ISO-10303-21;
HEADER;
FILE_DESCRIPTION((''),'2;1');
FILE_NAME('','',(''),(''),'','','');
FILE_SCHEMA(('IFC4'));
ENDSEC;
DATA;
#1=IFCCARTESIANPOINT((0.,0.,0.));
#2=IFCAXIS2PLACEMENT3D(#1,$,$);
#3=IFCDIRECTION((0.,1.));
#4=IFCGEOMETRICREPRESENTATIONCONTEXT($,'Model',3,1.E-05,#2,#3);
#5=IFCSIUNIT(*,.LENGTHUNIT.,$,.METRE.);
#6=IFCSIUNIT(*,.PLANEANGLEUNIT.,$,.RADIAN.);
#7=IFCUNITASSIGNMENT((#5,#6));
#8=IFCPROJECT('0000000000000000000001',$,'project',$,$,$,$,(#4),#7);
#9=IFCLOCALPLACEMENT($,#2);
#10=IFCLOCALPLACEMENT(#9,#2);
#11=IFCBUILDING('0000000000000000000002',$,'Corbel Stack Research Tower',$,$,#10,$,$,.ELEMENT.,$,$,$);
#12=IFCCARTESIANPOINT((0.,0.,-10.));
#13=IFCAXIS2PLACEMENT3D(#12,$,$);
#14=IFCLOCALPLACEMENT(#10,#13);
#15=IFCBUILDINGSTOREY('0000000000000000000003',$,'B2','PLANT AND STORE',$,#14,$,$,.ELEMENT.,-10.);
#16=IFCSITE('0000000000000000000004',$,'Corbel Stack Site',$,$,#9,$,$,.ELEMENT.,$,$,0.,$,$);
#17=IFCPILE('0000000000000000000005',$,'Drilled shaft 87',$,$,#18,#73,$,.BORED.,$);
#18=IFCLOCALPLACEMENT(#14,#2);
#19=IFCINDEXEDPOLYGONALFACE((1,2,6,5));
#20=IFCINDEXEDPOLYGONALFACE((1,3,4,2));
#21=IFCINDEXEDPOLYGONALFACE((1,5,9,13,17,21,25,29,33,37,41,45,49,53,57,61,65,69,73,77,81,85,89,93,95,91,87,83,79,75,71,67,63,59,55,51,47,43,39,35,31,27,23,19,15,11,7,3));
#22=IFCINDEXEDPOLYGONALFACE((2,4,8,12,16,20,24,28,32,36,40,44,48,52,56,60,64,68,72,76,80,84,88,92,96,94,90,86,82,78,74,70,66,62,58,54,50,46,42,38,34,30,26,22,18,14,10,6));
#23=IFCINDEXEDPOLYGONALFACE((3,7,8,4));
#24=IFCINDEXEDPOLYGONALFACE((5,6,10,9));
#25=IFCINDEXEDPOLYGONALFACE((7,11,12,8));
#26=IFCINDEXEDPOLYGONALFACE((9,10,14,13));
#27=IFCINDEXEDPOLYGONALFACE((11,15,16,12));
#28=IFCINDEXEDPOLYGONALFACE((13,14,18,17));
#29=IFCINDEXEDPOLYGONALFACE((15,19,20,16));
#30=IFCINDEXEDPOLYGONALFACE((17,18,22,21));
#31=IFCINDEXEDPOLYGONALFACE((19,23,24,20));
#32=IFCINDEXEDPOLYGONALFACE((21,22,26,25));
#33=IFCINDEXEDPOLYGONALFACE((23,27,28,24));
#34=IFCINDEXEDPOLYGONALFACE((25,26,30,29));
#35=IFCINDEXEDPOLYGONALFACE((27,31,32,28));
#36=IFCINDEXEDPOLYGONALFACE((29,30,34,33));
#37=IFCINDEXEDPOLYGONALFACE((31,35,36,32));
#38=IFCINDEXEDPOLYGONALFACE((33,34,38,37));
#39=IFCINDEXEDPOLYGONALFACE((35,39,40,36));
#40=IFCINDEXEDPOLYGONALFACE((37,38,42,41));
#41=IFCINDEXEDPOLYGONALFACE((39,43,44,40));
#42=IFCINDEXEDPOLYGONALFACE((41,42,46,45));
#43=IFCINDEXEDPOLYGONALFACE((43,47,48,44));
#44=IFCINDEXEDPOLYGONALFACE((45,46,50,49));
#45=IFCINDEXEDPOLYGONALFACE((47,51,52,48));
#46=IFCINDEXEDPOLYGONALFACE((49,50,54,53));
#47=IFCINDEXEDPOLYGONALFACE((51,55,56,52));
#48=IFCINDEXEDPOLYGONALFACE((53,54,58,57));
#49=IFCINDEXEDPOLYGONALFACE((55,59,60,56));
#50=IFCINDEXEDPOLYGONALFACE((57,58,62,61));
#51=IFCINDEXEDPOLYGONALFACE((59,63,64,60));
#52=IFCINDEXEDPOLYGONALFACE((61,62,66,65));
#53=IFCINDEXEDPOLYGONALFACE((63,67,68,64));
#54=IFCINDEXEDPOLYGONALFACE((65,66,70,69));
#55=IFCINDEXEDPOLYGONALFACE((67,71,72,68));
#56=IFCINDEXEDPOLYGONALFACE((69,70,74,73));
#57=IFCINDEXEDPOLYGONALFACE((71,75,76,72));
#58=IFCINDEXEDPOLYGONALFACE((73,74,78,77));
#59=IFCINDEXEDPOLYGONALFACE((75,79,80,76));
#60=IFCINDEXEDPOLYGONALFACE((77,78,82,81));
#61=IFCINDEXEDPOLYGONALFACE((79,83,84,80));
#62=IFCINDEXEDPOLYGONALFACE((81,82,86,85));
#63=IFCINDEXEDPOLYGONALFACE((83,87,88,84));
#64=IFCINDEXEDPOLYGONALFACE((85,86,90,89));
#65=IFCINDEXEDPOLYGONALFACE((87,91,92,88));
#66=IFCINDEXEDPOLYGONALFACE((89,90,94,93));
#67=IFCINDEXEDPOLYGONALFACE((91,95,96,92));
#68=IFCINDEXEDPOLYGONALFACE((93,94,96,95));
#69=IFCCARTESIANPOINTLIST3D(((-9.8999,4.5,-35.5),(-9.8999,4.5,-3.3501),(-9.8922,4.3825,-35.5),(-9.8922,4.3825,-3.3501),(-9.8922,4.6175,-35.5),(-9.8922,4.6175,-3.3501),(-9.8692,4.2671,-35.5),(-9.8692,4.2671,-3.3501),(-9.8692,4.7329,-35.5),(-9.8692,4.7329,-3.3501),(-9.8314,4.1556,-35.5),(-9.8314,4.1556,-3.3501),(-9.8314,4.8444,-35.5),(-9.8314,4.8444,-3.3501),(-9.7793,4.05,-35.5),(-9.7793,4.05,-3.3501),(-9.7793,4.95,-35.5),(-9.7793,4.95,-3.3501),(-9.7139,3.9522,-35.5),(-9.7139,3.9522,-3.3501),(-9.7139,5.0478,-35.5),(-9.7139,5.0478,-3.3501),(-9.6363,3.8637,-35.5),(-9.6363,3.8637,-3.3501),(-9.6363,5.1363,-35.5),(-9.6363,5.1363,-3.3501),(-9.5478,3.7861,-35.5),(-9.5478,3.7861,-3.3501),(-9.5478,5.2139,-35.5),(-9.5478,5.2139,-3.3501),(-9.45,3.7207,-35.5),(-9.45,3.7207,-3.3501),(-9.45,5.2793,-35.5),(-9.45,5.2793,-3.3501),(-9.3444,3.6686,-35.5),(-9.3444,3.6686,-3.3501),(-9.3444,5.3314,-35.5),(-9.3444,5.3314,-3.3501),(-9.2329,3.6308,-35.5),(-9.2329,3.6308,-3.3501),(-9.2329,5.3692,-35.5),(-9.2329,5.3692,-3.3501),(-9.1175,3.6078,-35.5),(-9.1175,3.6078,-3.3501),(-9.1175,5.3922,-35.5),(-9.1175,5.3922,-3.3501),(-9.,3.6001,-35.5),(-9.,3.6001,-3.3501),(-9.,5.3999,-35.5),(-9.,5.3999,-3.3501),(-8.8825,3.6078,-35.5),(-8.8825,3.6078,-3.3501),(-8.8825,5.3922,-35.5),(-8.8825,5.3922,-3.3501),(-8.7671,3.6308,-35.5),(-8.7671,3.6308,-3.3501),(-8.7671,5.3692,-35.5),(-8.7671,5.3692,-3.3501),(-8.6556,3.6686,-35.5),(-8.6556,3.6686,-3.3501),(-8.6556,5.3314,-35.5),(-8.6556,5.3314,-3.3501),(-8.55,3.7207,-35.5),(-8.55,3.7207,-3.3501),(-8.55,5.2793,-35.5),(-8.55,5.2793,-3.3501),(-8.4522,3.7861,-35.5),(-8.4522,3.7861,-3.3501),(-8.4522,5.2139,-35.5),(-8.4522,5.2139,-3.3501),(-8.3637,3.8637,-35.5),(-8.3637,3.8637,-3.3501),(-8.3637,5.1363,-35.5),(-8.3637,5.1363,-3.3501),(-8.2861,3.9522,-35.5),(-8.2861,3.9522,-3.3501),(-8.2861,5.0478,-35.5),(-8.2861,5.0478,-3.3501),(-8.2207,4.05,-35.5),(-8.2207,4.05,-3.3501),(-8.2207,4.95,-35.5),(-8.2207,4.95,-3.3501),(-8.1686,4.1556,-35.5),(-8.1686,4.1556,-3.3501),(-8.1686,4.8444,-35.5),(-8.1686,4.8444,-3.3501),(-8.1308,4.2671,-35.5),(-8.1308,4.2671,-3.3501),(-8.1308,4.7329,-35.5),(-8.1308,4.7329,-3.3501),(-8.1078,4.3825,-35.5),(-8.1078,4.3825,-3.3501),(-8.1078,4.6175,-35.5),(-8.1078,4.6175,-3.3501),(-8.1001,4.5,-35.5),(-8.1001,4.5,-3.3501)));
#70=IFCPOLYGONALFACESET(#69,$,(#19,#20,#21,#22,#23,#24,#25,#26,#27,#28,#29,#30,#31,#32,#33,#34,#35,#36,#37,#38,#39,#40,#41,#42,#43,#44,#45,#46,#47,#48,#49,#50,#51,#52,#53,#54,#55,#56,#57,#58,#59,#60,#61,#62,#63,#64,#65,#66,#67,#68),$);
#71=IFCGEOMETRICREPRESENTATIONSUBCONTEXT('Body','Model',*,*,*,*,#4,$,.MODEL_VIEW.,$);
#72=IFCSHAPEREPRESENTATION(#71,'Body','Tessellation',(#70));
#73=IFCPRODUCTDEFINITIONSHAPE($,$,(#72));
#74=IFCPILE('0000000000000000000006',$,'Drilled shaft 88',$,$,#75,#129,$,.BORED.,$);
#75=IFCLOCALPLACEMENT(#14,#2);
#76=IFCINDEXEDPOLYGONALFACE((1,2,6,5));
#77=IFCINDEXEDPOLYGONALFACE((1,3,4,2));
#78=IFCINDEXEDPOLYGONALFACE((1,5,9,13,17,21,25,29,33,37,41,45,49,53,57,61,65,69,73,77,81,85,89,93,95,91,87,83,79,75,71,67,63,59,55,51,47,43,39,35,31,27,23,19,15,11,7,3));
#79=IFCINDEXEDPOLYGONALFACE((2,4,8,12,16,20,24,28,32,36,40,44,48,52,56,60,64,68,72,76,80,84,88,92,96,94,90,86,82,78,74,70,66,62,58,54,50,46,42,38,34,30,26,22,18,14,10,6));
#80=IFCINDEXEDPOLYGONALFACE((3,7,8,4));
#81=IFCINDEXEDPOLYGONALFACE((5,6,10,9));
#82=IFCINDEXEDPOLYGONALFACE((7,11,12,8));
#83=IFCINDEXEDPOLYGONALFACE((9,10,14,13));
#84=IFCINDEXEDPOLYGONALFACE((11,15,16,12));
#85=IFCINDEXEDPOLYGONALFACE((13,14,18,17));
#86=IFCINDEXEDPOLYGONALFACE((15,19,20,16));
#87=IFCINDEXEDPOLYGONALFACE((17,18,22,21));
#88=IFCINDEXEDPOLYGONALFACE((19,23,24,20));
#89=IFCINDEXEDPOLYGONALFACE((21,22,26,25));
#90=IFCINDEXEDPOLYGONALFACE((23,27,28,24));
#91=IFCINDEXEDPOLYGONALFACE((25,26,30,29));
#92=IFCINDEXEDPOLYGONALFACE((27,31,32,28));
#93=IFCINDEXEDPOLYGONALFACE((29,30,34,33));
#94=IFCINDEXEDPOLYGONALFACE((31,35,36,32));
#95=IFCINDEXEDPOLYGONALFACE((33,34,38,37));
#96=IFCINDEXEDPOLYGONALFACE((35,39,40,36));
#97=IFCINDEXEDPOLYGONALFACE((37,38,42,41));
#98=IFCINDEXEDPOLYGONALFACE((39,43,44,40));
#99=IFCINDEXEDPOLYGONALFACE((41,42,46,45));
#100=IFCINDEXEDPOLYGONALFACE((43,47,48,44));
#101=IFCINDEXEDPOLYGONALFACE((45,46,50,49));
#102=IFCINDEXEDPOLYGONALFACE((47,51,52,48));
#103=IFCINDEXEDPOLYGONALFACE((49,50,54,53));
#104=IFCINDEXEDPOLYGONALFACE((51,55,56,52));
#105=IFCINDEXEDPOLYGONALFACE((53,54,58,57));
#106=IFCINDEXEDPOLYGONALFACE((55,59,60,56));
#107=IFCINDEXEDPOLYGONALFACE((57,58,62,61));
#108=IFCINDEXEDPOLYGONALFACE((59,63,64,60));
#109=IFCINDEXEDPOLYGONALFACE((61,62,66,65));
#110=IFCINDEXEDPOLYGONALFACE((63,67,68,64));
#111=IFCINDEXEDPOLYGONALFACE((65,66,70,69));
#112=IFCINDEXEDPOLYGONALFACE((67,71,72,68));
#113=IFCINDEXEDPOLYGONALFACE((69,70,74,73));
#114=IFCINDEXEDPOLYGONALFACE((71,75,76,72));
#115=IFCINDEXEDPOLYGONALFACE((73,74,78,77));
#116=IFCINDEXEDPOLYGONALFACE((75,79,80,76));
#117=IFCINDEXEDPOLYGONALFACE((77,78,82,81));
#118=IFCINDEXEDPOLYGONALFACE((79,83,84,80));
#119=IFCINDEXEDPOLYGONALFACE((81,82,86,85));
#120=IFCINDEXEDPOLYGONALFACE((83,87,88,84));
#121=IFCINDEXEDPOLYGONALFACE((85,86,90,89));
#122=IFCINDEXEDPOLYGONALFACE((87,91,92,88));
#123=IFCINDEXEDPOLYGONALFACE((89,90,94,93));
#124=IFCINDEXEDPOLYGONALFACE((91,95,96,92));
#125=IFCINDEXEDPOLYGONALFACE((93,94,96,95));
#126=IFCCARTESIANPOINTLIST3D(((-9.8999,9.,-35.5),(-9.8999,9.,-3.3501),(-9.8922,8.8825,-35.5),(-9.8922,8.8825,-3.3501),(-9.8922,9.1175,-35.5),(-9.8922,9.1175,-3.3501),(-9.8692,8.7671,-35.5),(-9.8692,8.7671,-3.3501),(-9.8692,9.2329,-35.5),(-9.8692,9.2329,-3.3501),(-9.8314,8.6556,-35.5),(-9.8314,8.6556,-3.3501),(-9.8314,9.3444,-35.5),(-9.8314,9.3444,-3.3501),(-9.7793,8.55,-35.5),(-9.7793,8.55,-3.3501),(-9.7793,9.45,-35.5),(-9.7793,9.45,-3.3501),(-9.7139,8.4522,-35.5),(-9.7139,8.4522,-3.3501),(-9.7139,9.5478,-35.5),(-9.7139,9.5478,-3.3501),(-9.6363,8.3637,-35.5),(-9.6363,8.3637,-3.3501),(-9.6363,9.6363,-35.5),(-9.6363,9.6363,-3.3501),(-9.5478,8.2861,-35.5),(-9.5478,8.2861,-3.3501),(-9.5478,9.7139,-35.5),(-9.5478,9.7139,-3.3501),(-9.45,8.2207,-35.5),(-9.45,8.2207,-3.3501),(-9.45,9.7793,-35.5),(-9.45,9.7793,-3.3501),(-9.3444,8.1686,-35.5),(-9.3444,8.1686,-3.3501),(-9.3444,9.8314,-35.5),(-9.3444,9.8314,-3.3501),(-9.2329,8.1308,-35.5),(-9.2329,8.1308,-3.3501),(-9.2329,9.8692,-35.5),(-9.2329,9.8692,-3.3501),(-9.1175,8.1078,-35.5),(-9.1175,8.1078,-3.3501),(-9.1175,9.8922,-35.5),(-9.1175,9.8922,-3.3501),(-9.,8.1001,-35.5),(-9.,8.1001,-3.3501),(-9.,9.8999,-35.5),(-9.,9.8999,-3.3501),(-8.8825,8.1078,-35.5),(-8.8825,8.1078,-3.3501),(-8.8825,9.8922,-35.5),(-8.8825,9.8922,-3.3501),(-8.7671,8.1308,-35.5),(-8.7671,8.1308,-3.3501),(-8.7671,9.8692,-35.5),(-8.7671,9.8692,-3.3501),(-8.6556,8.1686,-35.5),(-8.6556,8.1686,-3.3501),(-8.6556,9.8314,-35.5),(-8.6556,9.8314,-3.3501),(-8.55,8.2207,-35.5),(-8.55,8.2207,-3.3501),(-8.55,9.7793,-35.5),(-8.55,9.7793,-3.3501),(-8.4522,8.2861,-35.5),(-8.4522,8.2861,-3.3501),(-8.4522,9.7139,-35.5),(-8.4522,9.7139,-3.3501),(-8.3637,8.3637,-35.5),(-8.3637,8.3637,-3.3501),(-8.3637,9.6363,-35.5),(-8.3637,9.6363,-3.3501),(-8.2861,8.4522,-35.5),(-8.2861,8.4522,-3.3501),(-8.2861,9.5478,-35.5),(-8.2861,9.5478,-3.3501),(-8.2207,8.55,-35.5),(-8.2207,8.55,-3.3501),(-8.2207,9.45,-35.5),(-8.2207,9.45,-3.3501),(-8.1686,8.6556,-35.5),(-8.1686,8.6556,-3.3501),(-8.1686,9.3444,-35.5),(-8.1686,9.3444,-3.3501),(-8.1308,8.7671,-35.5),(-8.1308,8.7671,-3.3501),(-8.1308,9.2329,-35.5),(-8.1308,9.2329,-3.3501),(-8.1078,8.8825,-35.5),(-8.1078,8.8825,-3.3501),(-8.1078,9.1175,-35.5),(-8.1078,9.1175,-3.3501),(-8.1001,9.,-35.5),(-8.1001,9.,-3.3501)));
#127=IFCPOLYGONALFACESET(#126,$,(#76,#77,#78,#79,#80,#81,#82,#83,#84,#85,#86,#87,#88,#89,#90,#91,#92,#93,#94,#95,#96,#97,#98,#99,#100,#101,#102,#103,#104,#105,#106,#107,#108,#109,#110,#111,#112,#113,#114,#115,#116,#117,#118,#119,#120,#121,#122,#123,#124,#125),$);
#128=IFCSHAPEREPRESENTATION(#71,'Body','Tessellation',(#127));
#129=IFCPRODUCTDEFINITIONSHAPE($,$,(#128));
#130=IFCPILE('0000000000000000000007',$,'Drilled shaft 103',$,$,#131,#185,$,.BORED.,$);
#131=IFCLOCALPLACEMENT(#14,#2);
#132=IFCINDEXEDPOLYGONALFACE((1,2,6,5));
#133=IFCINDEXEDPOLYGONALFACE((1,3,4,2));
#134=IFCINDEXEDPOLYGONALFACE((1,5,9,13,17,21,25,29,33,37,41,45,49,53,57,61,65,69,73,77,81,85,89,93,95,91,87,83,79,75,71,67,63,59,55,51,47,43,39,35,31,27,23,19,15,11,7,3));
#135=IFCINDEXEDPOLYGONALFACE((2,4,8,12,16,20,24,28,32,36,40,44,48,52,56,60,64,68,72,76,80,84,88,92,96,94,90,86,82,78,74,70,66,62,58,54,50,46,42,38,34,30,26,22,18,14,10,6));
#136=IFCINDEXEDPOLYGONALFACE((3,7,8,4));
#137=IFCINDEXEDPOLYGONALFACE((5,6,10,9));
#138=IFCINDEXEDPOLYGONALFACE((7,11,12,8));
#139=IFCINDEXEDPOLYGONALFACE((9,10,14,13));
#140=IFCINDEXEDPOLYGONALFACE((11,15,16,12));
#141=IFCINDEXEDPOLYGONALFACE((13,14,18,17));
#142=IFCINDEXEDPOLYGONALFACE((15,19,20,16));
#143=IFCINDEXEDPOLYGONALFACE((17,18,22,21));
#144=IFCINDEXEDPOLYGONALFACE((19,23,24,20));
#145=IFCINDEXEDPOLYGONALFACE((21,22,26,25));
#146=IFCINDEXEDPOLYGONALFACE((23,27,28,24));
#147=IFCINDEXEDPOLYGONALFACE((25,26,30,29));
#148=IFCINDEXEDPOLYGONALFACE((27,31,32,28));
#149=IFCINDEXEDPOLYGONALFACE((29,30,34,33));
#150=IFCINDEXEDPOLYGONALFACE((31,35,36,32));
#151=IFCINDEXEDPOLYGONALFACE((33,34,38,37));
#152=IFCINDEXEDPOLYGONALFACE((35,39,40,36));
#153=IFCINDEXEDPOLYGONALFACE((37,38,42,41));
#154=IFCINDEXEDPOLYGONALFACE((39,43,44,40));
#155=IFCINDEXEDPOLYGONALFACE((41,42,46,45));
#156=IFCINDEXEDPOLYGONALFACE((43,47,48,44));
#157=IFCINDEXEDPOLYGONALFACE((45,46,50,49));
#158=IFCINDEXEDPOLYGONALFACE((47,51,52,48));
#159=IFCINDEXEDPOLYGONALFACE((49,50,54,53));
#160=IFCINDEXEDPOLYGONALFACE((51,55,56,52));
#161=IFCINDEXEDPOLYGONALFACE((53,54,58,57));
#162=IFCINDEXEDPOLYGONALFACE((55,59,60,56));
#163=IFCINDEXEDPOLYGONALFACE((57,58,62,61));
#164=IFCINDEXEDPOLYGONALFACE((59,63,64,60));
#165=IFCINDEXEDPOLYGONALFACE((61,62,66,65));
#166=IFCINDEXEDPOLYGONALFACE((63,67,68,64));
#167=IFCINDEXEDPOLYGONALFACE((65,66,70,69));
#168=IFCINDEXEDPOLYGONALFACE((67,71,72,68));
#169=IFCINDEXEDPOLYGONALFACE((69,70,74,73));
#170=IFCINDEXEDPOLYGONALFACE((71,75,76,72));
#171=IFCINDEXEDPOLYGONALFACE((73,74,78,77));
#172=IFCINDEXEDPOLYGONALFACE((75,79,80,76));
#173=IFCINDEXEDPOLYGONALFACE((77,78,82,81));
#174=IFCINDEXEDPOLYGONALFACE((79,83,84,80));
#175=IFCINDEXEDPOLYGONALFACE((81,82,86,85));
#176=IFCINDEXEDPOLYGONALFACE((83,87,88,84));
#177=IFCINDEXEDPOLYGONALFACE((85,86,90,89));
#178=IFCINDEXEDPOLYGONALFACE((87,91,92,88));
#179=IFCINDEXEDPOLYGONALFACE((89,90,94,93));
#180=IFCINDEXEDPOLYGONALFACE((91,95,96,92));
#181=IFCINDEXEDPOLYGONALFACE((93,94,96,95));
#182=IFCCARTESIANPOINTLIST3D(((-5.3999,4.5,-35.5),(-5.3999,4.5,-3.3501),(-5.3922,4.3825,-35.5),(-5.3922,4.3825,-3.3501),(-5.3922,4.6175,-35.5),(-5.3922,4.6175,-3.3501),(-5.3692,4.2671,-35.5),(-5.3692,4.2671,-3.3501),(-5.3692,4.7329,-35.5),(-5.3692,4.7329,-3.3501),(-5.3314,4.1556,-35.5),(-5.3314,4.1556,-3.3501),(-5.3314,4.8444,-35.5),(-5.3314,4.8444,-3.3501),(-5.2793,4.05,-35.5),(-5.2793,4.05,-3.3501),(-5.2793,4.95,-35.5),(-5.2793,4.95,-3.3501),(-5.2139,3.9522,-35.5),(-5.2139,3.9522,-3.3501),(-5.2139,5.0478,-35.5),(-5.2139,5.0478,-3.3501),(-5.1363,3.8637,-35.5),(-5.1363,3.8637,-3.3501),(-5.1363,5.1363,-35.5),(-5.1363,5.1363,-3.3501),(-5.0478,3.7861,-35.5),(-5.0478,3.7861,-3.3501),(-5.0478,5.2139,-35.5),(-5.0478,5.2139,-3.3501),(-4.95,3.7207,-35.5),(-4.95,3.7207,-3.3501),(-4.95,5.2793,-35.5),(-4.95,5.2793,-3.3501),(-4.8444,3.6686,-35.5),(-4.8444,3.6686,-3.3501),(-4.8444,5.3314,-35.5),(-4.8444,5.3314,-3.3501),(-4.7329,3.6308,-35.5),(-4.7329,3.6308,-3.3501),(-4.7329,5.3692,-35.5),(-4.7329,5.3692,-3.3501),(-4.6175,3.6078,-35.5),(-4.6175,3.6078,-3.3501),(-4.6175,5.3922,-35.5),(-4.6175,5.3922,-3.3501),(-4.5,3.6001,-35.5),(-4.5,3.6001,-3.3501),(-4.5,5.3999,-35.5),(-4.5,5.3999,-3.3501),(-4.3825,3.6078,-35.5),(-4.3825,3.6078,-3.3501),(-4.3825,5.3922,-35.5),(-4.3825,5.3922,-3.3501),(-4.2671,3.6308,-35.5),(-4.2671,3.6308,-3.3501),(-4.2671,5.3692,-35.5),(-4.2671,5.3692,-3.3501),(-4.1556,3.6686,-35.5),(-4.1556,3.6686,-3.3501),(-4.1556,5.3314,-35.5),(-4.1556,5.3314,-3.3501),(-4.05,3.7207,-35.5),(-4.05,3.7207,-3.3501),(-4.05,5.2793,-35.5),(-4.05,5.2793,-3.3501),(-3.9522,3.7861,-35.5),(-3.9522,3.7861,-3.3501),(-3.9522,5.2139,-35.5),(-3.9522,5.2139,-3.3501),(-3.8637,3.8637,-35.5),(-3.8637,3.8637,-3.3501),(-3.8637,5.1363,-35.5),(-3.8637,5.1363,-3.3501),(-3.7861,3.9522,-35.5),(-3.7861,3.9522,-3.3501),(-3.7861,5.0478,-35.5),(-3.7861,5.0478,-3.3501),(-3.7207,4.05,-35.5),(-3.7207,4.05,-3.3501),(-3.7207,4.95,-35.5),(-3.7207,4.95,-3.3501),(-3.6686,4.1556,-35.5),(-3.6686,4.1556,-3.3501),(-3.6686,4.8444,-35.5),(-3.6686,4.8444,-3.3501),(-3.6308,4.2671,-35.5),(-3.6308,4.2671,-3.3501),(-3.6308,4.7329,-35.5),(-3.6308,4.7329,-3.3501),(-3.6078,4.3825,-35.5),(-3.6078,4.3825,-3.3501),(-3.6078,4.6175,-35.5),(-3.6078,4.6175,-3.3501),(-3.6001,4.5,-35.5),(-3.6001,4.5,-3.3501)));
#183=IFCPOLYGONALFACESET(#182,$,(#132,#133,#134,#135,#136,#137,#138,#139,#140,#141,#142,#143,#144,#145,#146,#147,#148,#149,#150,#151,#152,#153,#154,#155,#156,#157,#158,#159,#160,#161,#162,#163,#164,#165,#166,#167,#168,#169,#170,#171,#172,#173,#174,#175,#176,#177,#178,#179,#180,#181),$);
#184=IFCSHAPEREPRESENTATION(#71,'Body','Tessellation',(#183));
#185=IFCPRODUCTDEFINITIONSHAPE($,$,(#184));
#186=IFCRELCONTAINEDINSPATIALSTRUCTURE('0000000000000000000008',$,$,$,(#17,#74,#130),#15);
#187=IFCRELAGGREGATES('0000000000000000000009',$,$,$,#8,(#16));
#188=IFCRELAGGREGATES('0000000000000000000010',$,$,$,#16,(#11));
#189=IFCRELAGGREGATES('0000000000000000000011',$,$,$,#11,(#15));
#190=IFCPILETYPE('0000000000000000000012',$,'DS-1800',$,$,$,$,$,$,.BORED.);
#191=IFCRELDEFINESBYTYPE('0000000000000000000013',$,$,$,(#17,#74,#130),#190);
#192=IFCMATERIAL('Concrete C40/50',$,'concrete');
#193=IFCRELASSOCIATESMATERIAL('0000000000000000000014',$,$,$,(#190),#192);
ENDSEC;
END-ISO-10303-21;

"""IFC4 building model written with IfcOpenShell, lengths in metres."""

from ifc_helpers import new_model, si_unit, direction, frame, origin, origin_2d, place, context, subcontext, project, spatial, circle, extrude, material, material_profile, profile_set, type_object, element, save


model = new_model("IFC4")

# Units and contexts
model_context = context("Model", 3, precision=1e-05, world=origin(), true_north=direction((0.0, 1.0)))
body_context = subcontext(model_context, "Body", "Model", "MODEL_VIEW")
ifc_project = project(units=[si_unit("LENGTHUNIT", "METRE"), si_unit("PLANEANGLEUNIT", "RADIAN")], contexts=[model_context])

# Site, building, storey
site_placement = place(None, origin())
site = spatial("IfcSite", under=ifc_project, at=site_placement, Name="Corbel Stack Site", CompositionType="ELEMENT", RefElevation=0.0)
building_placement = place(site_placement, origin())
building = spatial("IfcBuilding", under=site, at=building_placement, Name="Corbel Stack Research Tower", CompositionType="ELEMENT")
storey_placement = place(building_placement, frame((0.0, 0.0, -10.0)))
storey = spatial("IfcBuildingStorey", under=building, at=storey_placement, Name="B2", Description="PLANT AND STORE", CompositionType="ELEMENT", Elevation=-10.0)

# Piles
ifc_material_1 = material(Name="Concrete C40/50", Category="concrete")
ifc_material_profile = material_profile(ifc_material_1, circle(Radius=0.8999, at=origin_2d()), Name="Shaft 1800")
ifc_profile_set = profile_set([ifc_material_profile], Name="Concrete C40/50")
pile_type = type_object("IfcPileType", Name="DS-1800", PredefinedType="BORED", material=ifc_profile_set)
for number, where, z_axis, x_axis, name in (
    (1, (-9.0, 4.5, -3.3501), (0.0, 0.0, -1.0), (1.0, 0.0, 0.0), "Drilled shaft 87"),
    (2, (-9.0, 9.0, -3.3501), (0.0, 0.0, -1.0), (1.0, 0.0, 0.0), "Drilled shaft 88"),
    (3, (-4.5, 4.5, -3.3501), (0.0, 0.0, -1.0), (1.0, 0.0, 0.0), "Drilled shaft 103"),
):
    element("IfcPile", number, at=place(storey_placement, frame(where, z_axis=z_axis, x_axis=x_axis)), inside=storey, type_object=pile_type, Name=name, PredefinedType="BORED", context=body_context, shape_type="SweptSolid", body=[
        extrude(circle(Radius=0.8999, at=origin_2d()), origin(), (0.0, 0.0, 1.0), 32.1499),
    ])

save(model, "model.ifc")
